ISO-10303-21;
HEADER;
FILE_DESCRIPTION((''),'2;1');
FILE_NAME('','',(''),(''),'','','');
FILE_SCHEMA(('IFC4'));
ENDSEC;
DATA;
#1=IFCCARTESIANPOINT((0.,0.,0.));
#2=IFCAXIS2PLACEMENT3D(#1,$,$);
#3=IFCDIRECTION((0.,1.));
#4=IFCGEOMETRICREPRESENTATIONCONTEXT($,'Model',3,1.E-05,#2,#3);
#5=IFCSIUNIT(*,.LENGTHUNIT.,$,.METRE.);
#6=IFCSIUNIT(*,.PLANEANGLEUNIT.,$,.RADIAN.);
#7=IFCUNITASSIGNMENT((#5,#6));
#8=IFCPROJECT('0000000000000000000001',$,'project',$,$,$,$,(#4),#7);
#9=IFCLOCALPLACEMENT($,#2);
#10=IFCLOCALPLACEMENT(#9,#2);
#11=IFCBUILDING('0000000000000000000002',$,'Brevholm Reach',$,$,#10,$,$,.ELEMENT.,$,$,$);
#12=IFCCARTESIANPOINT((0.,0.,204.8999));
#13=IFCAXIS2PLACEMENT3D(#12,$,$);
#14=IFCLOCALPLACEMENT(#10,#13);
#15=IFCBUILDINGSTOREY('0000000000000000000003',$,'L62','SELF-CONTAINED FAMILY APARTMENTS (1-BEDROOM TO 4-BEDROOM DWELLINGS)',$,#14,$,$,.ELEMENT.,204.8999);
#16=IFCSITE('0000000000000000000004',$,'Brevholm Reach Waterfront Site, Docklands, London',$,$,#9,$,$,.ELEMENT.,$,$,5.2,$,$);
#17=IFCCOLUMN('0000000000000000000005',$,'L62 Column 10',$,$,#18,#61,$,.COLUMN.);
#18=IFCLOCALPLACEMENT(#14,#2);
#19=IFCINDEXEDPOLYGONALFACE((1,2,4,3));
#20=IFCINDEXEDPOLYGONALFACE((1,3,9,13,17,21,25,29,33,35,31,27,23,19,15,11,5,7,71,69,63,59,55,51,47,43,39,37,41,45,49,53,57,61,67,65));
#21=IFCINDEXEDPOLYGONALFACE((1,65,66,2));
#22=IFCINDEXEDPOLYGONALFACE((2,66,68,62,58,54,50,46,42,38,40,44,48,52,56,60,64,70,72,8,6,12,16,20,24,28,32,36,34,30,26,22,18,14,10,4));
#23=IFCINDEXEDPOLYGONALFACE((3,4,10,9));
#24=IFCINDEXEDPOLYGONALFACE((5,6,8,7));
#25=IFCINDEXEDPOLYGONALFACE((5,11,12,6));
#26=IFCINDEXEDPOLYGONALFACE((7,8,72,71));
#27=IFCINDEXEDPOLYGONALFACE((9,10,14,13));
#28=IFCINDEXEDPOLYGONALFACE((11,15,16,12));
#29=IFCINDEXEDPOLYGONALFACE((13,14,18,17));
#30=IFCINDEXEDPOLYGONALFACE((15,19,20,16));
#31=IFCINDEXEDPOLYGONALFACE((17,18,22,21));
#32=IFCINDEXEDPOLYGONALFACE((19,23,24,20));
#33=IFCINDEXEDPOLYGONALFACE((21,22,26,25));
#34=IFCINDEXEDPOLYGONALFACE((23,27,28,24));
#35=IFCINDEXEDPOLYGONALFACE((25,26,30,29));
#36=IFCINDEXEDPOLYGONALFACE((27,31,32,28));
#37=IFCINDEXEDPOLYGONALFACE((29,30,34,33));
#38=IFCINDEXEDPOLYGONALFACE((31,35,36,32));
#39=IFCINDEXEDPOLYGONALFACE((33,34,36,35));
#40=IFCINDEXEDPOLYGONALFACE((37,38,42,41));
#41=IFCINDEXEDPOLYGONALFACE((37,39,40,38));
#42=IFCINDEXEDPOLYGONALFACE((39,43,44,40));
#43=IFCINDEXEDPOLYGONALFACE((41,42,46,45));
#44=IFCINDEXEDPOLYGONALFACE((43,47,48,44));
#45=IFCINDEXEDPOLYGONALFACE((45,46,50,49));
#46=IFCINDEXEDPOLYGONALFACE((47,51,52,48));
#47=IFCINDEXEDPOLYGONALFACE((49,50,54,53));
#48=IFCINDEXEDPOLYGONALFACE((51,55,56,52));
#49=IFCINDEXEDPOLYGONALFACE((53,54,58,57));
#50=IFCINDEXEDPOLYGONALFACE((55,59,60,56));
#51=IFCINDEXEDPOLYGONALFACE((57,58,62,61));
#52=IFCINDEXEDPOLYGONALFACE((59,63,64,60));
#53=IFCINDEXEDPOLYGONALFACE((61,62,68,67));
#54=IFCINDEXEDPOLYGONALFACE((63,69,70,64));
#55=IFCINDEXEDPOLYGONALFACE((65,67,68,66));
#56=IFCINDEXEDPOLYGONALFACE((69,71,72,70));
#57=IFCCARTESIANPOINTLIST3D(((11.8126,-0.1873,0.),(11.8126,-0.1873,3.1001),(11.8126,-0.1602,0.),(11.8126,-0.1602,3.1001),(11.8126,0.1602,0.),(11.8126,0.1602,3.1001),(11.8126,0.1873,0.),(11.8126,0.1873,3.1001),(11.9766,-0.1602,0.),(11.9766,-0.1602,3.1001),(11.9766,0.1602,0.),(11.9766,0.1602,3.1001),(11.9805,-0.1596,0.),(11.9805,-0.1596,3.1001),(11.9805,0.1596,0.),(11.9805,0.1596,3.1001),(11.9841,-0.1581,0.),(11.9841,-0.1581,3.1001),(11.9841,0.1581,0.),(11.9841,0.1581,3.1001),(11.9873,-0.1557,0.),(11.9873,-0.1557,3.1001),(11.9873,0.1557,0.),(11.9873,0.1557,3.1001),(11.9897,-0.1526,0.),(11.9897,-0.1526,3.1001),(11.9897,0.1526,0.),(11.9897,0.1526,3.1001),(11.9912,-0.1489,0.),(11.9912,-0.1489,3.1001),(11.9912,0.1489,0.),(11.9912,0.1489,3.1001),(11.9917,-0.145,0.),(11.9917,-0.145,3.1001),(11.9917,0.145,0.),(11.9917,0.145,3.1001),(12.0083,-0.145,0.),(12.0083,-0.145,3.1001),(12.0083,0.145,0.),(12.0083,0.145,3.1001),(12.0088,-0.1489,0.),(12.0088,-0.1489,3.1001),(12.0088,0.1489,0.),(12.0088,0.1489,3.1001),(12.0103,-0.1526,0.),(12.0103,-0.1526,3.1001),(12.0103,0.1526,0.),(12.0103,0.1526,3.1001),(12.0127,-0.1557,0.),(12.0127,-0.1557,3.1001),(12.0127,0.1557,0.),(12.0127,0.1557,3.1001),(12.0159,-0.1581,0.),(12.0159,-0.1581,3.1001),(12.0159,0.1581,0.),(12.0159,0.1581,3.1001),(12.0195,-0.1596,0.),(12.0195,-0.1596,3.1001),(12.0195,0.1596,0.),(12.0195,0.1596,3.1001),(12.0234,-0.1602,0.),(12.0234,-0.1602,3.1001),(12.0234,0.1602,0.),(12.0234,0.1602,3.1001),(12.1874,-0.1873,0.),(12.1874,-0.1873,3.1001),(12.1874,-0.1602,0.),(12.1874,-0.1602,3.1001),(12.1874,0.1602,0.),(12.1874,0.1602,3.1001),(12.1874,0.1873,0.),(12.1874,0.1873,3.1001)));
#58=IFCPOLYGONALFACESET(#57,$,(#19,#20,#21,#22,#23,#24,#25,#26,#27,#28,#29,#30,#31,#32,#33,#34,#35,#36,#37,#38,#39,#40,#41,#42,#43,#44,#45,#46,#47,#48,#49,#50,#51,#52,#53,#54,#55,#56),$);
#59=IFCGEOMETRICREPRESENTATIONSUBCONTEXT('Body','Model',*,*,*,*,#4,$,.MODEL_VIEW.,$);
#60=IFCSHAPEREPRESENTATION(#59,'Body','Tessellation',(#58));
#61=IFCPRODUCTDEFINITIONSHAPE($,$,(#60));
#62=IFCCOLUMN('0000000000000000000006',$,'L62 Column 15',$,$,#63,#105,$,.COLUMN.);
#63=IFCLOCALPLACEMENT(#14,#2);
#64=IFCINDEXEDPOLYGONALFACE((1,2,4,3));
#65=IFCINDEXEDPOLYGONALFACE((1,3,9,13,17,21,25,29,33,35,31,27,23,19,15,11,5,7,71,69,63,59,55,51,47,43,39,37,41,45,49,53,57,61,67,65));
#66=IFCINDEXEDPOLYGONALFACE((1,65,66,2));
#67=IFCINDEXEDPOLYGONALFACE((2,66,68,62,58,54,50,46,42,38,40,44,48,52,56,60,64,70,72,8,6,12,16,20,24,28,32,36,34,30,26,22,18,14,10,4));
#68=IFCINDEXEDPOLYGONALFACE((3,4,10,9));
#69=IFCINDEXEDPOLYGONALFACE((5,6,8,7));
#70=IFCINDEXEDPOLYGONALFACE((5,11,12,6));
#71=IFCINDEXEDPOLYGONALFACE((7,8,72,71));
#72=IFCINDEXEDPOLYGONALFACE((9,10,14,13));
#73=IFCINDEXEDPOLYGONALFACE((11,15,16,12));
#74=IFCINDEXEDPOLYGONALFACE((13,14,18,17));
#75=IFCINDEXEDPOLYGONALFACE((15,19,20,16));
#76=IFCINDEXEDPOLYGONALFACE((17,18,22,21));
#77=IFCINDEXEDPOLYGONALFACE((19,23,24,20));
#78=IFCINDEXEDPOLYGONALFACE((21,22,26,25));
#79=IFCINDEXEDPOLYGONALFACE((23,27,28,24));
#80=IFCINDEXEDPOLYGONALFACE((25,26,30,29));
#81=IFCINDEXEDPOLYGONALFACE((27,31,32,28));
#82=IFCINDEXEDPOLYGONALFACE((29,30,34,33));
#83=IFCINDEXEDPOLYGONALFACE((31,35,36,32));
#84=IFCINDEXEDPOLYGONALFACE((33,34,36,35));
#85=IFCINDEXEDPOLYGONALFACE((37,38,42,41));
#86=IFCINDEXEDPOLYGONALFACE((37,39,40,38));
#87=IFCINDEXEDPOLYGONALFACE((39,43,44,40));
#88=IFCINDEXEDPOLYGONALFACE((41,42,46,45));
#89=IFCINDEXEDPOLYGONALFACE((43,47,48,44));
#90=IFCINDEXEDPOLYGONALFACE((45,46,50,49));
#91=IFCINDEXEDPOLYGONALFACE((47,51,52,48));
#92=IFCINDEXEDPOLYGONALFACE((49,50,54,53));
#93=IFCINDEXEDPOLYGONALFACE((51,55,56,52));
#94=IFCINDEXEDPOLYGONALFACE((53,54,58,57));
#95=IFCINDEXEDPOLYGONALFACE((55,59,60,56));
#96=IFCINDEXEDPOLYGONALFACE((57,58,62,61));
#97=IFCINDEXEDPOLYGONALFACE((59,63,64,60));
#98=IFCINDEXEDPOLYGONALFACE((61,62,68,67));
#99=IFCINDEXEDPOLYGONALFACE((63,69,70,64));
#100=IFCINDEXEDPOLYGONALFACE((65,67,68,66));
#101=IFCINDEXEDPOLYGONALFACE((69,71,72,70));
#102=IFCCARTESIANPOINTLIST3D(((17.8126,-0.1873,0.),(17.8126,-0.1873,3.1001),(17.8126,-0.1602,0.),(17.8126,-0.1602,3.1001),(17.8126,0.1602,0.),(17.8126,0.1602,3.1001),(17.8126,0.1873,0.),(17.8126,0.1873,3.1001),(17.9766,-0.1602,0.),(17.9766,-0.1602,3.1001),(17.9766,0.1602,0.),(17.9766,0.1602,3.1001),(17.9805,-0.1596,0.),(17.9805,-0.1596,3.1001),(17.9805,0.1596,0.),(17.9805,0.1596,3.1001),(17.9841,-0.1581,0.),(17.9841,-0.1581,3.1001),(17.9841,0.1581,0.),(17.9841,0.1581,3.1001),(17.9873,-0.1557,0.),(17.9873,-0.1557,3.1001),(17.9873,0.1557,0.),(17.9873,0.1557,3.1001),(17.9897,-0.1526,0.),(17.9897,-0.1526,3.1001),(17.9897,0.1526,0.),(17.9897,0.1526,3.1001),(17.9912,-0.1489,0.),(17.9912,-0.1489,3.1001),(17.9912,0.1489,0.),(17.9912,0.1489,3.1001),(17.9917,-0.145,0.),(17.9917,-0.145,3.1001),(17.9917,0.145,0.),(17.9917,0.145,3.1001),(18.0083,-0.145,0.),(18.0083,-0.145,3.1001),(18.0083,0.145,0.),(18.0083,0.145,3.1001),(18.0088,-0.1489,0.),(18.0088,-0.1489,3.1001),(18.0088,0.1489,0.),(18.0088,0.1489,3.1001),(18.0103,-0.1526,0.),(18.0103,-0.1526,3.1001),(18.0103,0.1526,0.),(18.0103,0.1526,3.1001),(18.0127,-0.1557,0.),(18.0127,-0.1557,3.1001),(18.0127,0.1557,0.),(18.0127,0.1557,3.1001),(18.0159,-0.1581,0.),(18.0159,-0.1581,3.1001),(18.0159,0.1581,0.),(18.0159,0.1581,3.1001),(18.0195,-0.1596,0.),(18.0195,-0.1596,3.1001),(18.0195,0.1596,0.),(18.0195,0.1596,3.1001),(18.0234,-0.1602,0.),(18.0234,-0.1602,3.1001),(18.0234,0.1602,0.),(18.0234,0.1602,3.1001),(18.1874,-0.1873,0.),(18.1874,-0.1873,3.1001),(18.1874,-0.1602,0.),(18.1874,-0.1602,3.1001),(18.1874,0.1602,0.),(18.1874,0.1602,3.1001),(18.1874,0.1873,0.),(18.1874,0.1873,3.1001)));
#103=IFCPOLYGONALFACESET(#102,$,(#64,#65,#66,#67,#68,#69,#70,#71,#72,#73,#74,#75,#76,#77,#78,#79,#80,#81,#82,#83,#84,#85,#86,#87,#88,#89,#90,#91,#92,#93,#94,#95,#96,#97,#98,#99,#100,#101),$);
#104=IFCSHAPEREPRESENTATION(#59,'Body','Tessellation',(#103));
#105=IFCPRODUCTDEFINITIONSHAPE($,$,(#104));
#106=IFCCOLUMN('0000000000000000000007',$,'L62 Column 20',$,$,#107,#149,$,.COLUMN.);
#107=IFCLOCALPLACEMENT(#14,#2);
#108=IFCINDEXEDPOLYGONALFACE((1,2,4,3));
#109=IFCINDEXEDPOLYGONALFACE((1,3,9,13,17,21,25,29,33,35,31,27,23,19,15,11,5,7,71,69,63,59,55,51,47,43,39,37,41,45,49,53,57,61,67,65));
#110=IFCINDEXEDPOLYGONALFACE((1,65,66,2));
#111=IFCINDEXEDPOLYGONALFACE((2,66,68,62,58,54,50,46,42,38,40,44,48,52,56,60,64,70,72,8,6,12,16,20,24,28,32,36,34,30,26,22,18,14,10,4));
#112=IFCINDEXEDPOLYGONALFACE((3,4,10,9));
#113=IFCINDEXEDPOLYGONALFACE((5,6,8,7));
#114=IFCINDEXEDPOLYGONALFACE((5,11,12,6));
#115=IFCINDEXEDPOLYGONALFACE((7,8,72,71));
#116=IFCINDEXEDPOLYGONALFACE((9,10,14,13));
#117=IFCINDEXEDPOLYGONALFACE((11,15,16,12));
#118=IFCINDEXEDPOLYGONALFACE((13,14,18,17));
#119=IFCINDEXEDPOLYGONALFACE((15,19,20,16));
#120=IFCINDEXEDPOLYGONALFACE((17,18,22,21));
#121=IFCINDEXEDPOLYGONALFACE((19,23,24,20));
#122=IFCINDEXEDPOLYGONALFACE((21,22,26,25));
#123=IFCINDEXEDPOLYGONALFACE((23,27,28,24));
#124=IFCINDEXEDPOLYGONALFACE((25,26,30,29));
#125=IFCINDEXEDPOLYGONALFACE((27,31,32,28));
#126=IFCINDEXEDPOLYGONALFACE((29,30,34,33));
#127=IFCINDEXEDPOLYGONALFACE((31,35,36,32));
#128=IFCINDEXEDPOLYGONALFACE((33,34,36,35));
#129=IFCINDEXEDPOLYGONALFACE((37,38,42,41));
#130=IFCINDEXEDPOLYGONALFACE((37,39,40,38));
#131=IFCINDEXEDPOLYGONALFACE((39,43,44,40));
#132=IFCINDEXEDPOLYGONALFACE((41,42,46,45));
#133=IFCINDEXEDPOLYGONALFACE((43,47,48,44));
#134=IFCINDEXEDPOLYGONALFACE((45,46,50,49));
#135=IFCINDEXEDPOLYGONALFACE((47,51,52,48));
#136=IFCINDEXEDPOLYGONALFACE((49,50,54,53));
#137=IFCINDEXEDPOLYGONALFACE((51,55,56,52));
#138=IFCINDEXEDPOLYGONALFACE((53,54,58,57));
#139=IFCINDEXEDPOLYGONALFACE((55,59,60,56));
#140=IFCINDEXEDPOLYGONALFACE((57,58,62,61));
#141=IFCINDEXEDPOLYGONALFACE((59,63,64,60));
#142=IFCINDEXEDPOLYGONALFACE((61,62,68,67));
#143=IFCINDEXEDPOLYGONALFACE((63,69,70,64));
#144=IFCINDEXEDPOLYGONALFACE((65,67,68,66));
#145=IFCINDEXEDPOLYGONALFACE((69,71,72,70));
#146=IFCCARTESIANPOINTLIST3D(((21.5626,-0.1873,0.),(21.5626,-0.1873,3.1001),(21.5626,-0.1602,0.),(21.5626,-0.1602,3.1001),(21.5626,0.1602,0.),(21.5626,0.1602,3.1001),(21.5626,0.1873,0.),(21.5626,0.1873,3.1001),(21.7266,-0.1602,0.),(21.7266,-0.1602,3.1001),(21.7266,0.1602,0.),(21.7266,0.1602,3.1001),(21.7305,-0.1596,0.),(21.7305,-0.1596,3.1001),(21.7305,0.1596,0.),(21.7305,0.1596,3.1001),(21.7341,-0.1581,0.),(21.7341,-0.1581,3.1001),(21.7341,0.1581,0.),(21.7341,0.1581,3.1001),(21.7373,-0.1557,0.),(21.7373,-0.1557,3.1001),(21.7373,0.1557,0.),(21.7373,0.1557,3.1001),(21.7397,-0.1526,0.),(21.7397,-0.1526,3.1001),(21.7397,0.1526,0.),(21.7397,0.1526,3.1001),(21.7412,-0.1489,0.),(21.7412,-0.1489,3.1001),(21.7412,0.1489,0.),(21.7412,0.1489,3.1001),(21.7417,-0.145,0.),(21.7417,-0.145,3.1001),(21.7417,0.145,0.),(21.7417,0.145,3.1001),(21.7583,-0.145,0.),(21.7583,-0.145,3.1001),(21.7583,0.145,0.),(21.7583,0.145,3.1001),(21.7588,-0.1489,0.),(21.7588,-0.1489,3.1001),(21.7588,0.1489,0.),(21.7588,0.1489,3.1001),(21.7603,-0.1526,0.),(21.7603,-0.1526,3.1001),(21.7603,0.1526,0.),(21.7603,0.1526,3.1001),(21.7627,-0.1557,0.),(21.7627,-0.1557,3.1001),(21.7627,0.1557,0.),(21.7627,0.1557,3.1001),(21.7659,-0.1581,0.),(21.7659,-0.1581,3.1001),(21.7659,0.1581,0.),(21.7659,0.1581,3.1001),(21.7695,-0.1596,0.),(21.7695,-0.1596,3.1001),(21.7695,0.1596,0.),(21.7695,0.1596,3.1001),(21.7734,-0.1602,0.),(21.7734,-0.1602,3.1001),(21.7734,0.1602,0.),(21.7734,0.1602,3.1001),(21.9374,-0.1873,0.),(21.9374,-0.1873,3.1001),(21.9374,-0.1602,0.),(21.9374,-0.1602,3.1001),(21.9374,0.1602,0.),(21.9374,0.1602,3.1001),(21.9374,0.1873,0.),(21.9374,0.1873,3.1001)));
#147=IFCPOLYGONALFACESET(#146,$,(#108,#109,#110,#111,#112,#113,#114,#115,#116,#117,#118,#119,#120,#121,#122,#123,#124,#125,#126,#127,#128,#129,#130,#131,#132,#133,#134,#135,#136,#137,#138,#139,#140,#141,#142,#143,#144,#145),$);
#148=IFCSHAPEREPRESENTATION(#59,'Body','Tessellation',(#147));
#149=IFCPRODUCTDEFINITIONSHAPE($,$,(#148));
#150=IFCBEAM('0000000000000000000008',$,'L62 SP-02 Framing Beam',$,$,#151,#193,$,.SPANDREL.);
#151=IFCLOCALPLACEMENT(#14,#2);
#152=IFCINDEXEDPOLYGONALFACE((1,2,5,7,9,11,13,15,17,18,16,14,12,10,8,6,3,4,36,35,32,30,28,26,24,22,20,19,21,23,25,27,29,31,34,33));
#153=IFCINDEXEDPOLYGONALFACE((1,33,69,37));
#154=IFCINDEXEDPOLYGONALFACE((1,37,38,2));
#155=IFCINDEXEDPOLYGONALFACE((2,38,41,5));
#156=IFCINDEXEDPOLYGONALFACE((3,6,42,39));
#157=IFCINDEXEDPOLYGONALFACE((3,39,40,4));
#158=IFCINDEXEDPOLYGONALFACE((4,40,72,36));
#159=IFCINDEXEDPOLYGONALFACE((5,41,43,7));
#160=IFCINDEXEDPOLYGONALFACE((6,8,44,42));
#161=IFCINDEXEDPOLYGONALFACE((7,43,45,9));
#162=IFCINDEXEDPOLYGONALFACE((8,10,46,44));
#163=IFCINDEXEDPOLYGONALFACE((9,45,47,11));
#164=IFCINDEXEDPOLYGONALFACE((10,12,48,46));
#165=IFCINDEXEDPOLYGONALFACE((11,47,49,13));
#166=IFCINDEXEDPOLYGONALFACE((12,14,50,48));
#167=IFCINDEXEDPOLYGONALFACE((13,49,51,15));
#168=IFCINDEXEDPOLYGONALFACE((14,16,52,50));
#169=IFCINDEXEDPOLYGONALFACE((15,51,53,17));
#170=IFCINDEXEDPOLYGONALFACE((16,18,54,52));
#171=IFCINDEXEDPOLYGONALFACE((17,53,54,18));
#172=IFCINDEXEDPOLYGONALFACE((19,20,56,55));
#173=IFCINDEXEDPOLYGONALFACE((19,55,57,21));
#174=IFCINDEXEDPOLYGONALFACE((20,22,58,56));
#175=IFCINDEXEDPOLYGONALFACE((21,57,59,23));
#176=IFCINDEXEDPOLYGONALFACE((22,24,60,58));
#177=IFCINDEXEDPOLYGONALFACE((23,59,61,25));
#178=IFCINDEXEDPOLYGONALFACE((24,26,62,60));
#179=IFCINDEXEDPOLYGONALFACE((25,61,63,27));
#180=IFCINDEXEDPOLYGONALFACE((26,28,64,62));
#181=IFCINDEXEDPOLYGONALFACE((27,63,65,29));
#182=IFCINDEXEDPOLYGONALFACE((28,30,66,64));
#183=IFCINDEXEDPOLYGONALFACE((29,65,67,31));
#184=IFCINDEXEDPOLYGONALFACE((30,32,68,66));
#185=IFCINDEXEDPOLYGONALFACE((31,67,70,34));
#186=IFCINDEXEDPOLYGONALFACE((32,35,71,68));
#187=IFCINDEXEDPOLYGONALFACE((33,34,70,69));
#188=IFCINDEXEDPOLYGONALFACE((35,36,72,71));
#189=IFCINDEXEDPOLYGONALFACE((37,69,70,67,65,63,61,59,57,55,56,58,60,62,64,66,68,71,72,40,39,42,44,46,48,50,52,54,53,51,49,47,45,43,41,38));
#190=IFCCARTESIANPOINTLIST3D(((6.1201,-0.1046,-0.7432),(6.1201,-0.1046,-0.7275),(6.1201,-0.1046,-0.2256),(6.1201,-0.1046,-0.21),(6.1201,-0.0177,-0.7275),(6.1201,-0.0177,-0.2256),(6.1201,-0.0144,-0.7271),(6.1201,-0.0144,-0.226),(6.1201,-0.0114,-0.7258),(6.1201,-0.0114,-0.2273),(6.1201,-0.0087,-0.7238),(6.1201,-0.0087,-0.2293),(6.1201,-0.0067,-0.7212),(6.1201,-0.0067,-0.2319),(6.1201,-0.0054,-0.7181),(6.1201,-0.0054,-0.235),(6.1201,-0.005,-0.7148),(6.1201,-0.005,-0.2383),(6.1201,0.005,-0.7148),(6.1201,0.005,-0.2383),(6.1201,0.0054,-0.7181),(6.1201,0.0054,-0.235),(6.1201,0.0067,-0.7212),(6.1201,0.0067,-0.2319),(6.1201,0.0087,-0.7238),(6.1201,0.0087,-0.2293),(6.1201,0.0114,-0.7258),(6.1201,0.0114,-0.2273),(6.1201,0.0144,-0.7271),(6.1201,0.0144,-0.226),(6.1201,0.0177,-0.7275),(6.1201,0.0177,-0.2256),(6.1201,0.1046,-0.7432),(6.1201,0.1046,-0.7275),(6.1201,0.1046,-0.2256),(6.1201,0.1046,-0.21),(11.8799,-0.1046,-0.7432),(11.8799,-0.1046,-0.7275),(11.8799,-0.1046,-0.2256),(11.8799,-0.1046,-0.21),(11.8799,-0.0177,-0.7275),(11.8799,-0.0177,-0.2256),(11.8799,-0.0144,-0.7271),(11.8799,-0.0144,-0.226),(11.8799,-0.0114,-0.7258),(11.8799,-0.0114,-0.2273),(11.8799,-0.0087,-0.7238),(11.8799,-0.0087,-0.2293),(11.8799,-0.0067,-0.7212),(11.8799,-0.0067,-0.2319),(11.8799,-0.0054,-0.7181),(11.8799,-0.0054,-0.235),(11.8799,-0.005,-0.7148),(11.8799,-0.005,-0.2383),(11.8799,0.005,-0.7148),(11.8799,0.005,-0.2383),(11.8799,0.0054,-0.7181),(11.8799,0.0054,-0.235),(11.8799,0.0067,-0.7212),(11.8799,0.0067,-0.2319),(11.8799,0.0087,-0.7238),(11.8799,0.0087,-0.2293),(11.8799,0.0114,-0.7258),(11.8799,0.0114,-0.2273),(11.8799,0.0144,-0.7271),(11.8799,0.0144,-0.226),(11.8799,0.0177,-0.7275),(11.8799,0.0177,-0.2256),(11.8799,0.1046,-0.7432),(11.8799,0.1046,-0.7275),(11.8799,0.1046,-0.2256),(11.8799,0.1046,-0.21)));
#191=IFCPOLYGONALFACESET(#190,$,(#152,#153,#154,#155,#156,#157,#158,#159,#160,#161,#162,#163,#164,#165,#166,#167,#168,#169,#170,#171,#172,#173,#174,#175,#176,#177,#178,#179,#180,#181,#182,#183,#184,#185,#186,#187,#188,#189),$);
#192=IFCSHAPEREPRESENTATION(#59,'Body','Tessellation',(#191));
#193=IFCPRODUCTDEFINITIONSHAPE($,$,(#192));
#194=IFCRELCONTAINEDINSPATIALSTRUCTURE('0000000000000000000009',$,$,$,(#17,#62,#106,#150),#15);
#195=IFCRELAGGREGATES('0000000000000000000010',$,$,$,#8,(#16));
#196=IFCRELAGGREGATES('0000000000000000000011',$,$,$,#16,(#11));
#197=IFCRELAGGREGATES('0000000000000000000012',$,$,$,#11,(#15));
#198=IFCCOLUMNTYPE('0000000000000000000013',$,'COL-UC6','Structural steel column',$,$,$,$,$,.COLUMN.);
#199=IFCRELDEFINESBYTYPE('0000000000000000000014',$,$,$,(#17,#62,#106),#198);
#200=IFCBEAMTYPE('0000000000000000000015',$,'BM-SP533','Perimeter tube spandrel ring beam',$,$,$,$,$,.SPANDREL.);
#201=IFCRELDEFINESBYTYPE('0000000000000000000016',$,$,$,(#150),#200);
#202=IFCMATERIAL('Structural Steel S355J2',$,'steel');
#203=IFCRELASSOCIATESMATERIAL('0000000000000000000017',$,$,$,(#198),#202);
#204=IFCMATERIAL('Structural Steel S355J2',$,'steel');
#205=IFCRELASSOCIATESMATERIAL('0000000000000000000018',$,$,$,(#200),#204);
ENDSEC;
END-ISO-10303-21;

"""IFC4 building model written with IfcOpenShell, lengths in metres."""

from ifc_helpers import new_model, si_unit, direction, frame, origin, origin_2d, place, context, subcontext, project, spatial, i_section, extrude, material, material_profile, profile_set, type_object, element, save


model = new_model("IFC4")

# Units and contexts
model_context = context("Model", 3, precision=1e-05, world=origin(), true_north=direction((0.0, 1.0)))
body_context = subcontext(model_context, "Body", "Model", "MODEL_VIEW")
ifc_project = project(units=[si_unit("LENGTHUNIT", "METRE"), si_unit("PLANEANGLEUNIT", "RADIAN")], contexts=[model_context])

# Site, building, storey
site_placement = place(None, origin())
site = spatial("IfcSite", under=ifc_project, at=site_placement, Name="Brevholm Reach Waterfront Site, Docklands, London", CompositionType="ELEMENT", RefElevation=5.2)
building_placement = place(site_placement, origin())
building = spatial("IfcBuilding", under=site, at=building_placement, Name="Brevholm Reach", CompositionType="ELEMENT")
storey_placement = place(building_placement, frame((0.0, 0.0, 204.8999)))
storey = spatial("IfcBuildingStorey", under=building, at=storey_placement, Name="L62", Description="SELF-CONTAINED FAMILY APARTMENTS (1-BEDROOM TO 4-BEDROOM DWELLINGS)", CompositionType="ELEMENT", Elevation=204.8999)

# Columns
ifc_material_1 = material(Name="Structural Steel S355J2", Category="steel")
ifc_material_profile_1 = material_profile(ifc_material_1, i_section(OverallWidth=0.3748, OverallDepth=0.3745, WebThickness=0.0166, FlangeThickness=0.0271, FilletRadius=0.0151, at=origin_2d()), Name="UKC 356x368x202")
ifc_profile_set_1 = profile_set([ifc_material_profile_1], Name="Structural Steel S355J2")
column_type = type_object("IfcColumnType", Name="COL-UC6", Description="Structural steel column", PredefinedType="COLUMN", material=ifc_profile_set_1)
for number, where, z_axis, x_axis, name in (
    (1, (12.0, 0.0, 0.0), (0.0, 0.0, 1.0), (1.0, 0.0, 0.0), "L62 Column 10"),
    (2, (18.0, 0.0, 0.0), (0.0, 0.0, 1.0), (1.0, 0.0, 0.0), "L62 Column 15"),
    (3, (21.75, 0.0, 0.0), (0.0, 0.0, 1.0), (1.0, 0.0, 0.0), "L62 Column 20"),
):
    element("IfcColumn", number, at=place(storey_placement, frame(where, z_axis=z_axis, x_axis=x_axis)), inside=storey, type_object=column_type, Name=name, PredefinedType="COLUMN", context=body_context, shape_type="SweptSolid", body=[
        extrude(i_section(OverallWidth=0.3748, OverallDepth=0.3745, WebThickness=0.0166, FlangeThickness=0.0271, FilletRadius=0.0151, at=origin_2d()), origin(), (0.0, 0.0, 1.0), 3.1001),
    ])

# Beam
ifc_material_2 = material(Name="Structural Steel S355J2", Category="steel")
ifc_material_profile_2 = material_profile(ifc_material_2, i_section(OverallWidth=0.2092, OverallDepth=0.5332, WebThickness=0.01, FlangeThickness=0.0156, FilletRadius=0.0127, at=origin_2d()), Name="UKB 533x210x92")
ifc_profile_set_2 = profile_set([ifc_material_profile_2], Name="Structural Steel S355J2")
beam_type_1 = type_object("IfcBeamType", Name="BM-SP533", Description="Perimeter tube spandrel ring beam", PredefinedType="SPANDREL", material=ifc_profile_set_2)
for number, where, z_axis, x_axis, name in (
    (4, (6.1201, 0.0, -0.4766), (1.0, 0.0, 0.0), (0.0, 1.0, 0.0), "L62 SP-02 Framing Beam"),
):
    element("IfcBeam", number, at=place(storey_placement, frame(where, z_axis=z_axis, x_axis=x_axis)), inside=storey, type_object=beam_type_1, Name=name, PredefinedType="SPANDREL", context=body_context, shape_type="SweptSolid", body=[
        extrude(i_section(OverallWidth=0.2092, OverallDepth=0.5332, WebThickness=0.01, FlangeThickness=0.0156, FilletRadius=0.0127, at=origin_2d()), origin(), (0.0, 0.0, 1.0), 5.7598),
    ])

save(model, "model.ifc")
